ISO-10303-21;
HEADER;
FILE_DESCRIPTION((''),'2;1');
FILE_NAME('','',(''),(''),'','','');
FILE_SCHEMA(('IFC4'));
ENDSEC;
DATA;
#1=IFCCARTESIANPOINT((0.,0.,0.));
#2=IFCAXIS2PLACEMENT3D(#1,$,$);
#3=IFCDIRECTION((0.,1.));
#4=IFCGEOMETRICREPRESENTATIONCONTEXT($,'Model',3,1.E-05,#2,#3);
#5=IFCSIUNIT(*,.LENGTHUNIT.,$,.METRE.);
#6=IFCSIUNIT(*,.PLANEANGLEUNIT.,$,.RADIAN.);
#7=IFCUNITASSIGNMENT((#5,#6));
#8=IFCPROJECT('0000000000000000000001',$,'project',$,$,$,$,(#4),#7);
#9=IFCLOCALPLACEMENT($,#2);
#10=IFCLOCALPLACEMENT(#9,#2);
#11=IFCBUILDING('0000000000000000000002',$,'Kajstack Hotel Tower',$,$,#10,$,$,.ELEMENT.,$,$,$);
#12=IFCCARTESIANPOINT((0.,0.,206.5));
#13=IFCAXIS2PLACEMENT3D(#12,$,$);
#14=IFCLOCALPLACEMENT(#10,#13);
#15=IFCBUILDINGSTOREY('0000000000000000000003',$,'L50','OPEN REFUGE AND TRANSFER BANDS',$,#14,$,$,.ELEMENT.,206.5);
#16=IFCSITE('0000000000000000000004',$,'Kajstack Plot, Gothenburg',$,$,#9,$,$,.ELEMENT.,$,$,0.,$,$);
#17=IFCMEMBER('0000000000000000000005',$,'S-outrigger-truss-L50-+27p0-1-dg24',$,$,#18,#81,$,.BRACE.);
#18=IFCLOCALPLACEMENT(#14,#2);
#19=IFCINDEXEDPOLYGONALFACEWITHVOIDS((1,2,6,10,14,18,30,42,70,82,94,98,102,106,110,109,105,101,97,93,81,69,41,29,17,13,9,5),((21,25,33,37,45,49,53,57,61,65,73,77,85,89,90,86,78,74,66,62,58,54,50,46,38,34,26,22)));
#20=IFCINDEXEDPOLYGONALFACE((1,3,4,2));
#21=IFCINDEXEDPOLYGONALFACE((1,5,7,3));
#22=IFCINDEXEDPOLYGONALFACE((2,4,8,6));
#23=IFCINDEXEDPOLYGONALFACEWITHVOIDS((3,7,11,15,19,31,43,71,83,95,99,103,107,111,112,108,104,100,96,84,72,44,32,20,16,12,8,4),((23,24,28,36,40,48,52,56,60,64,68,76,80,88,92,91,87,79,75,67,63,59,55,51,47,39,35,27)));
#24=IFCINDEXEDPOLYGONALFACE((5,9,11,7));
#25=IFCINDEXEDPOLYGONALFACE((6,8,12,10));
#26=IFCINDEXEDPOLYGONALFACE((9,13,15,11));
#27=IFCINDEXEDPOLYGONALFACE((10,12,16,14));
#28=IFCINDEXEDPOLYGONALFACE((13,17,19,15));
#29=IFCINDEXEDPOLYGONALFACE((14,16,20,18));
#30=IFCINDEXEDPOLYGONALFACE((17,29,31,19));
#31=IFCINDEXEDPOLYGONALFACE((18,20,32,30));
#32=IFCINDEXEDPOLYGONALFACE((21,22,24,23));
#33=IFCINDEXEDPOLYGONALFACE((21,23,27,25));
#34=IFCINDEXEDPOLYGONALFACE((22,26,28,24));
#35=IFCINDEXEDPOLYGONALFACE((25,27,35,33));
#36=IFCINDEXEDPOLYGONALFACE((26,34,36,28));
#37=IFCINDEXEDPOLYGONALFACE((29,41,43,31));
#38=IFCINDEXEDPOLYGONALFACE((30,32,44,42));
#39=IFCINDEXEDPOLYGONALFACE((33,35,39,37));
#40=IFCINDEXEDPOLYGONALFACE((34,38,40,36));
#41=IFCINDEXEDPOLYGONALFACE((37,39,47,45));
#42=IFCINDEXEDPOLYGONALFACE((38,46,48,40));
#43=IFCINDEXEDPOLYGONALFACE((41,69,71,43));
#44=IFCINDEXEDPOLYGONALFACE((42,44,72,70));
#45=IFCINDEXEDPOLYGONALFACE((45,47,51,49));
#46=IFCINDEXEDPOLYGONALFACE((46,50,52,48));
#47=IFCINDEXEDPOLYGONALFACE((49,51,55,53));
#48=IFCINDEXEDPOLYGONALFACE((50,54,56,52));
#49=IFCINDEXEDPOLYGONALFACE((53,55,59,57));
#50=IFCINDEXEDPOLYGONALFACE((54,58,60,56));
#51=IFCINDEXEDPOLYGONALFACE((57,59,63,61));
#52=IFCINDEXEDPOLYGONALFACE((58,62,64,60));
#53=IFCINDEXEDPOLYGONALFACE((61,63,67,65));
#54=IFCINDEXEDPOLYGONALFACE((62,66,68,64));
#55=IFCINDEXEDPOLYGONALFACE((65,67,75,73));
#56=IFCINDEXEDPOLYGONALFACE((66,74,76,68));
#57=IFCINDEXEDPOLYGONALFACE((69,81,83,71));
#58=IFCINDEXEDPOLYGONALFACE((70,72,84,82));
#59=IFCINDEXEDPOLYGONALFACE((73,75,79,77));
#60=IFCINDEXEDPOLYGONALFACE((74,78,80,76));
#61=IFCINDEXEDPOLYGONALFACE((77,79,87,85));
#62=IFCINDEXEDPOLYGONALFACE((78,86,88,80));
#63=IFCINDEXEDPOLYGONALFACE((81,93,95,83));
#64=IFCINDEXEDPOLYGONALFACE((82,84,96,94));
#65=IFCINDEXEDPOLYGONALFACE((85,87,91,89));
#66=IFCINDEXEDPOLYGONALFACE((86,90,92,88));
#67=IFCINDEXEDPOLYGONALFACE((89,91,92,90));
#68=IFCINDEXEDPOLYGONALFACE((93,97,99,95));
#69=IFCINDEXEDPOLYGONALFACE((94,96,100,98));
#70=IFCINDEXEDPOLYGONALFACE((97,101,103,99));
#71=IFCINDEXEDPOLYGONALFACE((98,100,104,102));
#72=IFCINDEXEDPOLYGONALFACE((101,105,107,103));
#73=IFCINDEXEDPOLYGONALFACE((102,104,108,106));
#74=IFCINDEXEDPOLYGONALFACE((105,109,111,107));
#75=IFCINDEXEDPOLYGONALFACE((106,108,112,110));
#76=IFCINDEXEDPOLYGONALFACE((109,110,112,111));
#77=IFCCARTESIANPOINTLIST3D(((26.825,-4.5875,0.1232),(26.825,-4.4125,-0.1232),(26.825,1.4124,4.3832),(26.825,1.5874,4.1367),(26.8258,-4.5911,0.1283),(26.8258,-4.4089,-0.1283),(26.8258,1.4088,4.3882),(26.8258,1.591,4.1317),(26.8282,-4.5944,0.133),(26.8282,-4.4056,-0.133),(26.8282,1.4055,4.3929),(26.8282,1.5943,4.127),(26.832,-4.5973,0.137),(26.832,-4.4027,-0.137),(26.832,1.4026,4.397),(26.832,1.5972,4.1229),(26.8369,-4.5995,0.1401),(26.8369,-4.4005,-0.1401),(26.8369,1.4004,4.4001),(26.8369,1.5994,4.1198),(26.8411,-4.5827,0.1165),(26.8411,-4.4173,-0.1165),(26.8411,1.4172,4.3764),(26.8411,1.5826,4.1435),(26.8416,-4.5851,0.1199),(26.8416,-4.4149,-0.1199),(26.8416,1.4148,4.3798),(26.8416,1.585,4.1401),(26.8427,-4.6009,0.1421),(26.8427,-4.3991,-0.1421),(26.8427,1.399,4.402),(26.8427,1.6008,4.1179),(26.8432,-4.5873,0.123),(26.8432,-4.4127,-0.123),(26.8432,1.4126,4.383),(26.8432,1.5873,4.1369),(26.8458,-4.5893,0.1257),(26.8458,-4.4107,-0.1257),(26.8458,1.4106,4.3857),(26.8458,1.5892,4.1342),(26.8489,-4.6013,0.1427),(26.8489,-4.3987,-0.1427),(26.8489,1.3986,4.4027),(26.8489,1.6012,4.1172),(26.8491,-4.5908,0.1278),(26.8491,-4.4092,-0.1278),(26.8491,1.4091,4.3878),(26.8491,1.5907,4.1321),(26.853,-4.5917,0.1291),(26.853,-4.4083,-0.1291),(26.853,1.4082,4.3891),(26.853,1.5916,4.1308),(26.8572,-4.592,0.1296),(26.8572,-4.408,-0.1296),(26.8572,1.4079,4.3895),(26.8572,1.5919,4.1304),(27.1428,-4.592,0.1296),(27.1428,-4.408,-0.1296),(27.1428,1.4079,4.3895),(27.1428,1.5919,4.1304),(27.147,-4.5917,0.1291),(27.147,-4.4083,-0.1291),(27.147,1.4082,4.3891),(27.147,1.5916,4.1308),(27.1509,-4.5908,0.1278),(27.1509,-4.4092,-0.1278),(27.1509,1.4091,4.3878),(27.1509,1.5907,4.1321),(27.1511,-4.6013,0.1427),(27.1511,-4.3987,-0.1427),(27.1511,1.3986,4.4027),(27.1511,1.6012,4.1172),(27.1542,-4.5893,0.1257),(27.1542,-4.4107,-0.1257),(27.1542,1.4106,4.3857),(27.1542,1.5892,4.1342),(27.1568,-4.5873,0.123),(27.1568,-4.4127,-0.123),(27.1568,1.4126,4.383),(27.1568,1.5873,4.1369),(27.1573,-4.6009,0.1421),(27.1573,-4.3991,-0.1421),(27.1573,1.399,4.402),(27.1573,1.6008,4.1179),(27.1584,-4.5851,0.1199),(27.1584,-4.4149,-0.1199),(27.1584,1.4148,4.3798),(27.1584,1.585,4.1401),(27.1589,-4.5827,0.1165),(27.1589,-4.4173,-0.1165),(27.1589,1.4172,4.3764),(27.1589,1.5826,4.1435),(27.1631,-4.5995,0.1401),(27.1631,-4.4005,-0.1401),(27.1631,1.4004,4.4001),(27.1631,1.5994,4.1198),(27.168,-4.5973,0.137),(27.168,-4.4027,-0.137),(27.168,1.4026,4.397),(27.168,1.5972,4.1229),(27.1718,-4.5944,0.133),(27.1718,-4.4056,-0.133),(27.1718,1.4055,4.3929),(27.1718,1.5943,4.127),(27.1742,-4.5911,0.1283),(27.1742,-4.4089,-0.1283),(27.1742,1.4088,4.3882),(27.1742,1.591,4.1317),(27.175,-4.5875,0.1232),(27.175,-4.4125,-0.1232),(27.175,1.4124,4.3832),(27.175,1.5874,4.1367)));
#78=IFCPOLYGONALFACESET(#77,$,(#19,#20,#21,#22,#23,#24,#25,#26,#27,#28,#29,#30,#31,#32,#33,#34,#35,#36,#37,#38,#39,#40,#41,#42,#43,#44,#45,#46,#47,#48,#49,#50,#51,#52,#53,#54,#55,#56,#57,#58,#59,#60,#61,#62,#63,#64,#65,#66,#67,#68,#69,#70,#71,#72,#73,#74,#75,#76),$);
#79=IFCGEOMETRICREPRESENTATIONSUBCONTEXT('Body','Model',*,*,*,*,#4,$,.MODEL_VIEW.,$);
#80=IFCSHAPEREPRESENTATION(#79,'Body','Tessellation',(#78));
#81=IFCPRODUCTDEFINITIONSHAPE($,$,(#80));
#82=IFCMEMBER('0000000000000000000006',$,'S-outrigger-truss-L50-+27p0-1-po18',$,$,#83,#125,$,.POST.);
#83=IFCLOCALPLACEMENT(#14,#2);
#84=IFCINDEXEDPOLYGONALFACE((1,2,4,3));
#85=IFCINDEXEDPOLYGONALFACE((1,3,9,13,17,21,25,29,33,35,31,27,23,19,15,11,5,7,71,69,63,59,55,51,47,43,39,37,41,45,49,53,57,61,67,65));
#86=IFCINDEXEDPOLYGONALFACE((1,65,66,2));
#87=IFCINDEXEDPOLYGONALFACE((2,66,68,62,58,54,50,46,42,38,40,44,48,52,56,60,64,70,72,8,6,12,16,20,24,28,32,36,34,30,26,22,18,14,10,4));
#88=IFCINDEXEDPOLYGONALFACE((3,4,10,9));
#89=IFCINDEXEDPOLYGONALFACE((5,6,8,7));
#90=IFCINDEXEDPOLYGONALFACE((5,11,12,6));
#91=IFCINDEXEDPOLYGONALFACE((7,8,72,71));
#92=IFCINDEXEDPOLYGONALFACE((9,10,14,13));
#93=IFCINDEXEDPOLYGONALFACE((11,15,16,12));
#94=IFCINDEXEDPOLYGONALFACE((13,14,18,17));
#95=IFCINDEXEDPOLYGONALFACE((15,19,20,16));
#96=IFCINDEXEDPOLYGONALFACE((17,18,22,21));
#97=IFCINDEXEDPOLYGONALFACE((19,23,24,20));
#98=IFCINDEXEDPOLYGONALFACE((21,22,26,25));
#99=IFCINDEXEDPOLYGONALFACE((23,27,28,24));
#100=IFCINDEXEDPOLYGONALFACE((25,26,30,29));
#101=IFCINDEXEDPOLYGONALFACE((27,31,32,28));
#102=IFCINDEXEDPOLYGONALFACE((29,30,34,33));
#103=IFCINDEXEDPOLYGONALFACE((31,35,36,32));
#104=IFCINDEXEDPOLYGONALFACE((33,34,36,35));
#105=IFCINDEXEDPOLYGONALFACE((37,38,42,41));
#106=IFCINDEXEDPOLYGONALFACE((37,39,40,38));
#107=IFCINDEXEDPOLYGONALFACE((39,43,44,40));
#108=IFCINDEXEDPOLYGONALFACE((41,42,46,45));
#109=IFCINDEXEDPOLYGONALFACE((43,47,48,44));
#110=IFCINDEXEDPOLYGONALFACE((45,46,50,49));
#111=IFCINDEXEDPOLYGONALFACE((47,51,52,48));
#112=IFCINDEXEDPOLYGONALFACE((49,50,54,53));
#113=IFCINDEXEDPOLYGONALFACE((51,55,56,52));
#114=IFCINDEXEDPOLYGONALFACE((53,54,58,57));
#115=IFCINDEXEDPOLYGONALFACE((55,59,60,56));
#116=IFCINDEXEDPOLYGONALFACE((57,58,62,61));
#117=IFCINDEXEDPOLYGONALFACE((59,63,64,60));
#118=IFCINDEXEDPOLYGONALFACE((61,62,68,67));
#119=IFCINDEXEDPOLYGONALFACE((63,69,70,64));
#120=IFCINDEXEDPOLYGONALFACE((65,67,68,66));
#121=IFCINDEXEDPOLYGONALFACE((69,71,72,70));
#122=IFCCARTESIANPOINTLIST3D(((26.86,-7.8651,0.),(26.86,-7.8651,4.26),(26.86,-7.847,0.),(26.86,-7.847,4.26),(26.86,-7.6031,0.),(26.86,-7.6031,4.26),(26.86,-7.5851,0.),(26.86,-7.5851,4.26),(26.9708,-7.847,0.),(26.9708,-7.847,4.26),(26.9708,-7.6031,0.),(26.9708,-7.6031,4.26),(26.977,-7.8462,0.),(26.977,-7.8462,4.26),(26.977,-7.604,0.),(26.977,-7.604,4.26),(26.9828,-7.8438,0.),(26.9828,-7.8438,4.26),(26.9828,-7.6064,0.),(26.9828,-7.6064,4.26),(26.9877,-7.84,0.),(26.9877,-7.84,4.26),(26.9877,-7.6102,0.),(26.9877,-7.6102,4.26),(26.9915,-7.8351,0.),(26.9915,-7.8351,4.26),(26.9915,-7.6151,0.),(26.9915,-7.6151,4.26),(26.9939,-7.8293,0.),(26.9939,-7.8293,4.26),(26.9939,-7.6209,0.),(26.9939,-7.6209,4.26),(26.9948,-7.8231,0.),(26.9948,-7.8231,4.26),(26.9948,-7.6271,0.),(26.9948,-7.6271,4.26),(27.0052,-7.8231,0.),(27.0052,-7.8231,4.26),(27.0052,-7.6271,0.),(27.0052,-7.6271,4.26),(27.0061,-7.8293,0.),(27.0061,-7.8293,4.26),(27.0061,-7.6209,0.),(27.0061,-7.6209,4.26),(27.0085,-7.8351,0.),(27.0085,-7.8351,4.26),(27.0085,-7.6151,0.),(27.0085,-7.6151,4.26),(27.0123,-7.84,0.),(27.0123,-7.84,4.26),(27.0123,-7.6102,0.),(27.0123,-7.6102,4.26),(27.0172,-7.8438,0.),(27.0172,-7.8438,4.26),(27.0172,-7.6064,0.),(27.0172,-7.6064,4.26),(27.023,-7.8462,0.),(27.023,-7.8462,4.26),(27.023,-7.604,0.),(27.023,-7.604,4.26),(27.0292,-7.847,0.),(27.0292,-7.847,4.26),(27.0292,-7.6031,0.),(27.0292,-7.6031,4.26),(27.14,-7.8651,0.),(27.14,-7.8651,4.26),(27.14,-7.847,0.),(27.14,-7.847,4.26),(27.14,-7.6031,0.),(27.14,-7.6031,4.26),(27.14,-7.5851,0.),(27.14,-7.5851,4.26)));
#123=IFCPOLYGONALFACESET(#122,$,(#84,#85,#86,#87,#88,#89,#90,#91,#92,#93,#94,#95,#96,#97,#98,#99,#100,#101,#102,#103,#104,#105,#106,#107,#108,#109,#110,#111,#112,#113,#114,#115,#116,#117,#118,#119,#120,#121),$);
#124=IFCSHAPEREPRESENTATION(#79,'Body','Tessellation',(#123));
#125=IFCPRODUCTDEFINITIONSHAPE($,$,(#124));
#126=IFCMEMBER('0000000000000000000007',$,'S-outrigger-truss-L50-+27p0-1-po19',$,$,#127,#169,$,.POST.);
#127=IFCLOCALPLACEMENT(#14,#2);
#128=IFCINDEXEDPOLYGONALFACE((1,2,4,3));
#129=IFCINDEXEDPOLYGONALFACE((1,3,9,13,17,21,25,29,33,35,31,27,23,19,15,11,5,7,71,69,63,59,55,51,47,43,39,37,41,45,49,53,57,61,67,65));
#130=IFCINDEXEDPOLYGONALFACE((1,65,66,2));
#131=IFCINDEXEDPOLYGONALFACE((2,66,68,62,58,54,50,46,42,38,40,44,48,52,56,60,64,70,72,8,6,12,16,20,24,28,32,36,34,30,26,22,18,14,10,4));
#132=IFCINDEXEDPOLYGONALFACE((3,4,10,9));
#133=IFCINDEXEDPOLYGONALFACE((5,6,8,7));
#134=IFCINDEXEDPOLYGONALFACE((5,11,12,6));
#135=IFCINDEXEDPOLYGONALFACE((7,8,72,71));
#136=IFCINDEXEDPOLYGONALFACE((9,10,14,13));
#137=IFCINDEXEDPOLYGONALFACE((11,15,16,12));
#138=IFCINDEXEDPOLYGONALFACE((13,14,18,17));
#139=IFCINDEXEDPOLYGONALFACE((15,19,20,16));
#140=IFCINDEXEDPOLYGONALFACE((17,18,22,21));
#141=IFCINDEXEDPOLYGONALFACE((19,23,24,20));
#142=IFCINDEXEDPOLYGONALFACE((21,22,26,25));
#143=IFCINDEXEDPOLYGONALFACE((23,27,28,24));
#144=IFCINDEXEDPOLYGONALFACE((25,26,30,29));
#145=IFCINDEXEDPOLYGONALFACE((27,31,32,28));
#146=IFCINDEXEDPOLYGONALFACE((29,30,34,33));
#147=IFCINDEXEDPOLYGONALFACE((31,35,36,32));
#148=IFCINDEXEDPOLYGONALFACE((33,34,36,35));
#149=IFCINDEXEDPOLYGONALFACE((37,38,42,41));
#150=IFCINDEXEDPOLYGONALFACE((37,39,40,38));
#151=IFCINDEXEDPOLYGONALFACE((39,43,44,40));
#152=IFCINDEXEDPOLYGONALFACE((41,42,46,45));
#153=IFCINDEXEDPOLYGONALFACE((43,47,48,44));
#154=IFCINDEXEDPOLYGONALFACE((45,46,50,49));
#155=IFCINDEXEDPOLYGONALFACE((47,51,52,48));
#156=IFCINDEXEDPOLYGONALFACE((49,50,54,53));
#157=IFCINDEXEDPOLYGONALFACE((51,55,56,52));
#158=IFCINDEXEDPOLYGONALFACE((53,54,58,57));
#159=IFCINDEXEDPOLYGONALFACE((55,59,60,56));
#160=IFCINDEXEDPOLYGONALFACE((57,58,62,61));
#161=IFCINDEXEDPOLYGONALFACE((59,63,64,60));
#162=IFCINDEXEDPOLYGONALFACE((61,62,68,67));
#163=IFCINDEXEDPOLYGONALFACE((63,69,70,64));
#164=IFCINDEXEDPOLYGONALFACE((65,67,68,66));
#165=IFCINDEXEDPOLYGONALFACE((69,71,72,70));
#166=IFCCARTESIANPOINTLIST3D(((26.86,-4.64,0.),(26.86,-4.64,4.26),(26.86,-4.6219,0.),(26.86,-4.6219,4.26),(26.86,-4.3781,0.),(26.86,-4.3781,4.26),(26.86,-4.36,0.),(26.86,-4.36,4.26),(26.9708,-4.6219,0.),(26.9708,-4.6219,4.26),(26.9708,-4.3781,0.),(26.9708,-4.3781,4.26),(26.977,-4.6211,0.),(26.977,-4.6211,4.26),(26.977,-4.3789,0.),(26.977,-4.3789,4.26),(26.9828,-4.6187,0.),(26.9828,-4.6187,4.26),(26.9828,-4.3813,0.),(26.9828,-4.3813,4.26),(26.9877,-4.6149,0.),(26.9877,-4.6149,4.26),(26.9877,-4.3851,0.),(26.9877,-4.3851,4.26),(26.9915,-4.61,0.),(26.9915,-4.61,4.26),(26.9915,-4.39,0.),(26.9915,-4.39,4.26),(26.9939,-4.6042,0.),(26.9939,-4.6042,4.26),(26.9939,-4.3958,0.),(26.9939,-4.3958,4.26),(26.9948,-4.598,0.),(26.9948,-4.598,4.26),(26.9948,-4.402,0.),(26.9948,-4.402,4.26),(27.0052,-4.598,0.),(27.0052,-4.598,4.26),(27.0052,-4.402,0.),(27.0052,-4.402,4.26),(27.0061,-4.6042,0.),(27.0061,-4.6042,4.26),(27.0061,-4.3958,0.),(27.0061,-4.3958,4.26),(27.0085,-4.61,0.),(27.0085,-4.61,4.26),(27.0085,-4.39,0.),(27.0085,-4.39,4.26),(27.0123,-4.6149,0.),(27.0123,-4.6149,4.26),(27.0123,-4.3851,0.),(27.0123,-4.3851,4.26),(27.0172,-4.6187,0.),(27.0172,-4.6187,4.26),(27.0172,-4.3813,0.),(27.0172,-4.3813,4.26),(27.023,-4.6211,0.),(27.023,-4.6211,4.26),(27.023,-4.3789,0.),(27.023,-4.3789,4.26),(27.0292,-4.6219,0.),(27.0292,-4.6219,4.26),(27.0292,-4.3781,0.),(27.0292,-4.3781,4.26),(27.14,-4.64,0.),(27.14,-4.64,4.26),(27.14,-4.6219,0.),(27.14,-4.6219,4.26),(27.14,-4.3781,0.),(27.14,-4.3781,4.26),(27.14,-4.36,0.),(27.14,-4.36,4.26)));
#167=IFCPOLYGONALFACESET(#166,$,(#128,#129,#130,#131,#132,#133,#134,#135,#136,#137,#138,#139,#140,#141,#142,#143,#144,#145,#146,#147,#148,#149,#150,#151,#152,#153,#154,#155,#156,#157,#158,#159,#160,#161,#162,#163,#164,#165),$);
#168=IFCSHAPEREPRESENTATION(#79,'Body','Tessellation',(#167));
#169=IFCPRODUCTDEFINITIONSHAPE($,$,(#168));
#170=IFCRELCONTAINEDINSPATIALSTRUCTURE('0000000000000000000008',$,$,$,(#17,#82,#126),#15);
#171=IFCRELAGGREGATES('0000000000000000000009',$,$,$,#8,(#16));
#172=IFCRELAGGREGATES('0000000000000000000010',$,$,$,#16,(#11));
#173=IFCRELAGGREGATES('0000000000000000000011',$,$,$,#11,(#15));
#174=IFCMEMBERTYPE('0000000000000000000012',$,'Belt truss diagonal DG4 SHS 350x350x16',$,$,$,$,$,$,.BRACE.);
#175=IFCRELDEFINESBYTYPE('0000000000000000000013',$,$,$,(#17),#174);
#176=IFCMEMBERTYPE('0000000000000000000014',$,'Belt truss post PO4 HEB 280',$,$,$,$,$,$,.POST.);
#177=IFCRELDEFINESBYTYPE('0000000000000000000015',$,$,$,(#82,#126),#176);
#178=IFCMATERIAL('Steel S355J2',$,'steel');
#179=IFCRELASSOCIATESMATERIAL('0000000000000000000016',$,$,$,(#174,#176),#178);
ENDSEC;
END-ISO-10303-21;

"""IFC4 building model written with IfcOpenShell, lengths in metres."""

from ifc_helpers import new_model, si_unit, direction, frame, origin, origin_2d, place, context, subcontext, project, spatial, hollow_rectangle, i_section, extrude, material, material_profile, profile_set, type_object, element, save


model = new_model("IFC4")

# Units and contexts
model_context = context("Model", 3, precision=1e-05, world=origin(), true_north=direction((0.0, 1.0)))
body_context = subcontext(model_context, "Body", "Model", "MODEL_VIEW")
ifc_project = project(units=[si_unit("LENGTHUNIT", "METRE"), si_unit("PLANEANGLEUNIT", "RADIAN")], contexts=[model_context])

# Site, building, storey
site_placement = place(None, origin())
site = spatial("IfcSite", under=ifc_project, at=site_placement, Name="Kajstack Plot, Gothenburg", CompositionType="ELEMENT", RefElevation=0.0)
building_placement = place(site_placement, origin())
building = spatial("IfcBuilding", under=site, at=building_placement, Name="Kajstack Hotel Tower", CompositionType="ELEMENT")
storey_placement = place(building_placement, frame((0.0, 0.0, 206.5)))
storey = spatial("IfcBuildingStorey", under=building, at=storey_placement, Name="L50", Description="OPEN REFUGE AND TRANSFER BANDS", CompositionType="ELEMENT", Elevation=206.5)

# Members
ifc_material = material(Name="Steel S355J2", Category="steel")
ifc_material_profile_1 = material_profile(ifc_material, hollow_rectangle(XDim=0.3501, YDim=0.3501, WallThickness=0.0161, InnerFilletRadius=0.0161, OuterFilletRadius=0.0239, at=origin_2d()), Name="SHS 350x350x16")
ifc_profile_set_1 = profile_set([ifc_material_profile_1], Name="Steel S355J2")
member_type_1 = type_object("IfcMemberType", Name="Belt truss diagonal DG4 SHS 350x350x16", PredefinedType="BRACE", material=ifc_profile_set_1)
member_1_placement = place(storey_placement, frame((27.0, -4.5, 0.0), z_axis=(0.0, 0.815382, 0.578923), x_axis=(-1.0, 0.0, 0.0)))
element("IfcMember", 1, at=member_1_placement, inside=storey, type_object=member_type_1, Name="S-outrigger-truss-L50-+27p0-1-dg24", PredefinedType="BRACE", context=body_context, shape_type="SweptSolid", body=[
    extrude(hollow_rectangle(XDim=0.3501, YDim=0.3501, WallThickness=0.0161, InnerFilletRadius=0.0161, OuterFilletRadius=0.0239, at=origin_2d()), origin(), (0.0, 0.0, 1.0), 7.3584),
])
ifc_material_profile_2 = material_profile(ifc_material, i_section(OverallWidth=0.28, OverallDepth=0.28, WebThickness=0.0105, FlangeThickness=0.0181, FilletRadius=0.0239, at=origin_2d()), Name="HEB 280")
ifc_profile_set_2 = profile_set([ifc_material_profile_2], Name="Steel S355J2")
member_type_2 = type_object("IfcMemberType", Name="Belt truss post PO4 HEB 280", PredefinedType="POST", material=ifc_profile_set_2)
for number, where, z_axis, x_axis, name in (
    (2, (27.0, -7.7251, 0.0), (0.0, 0.0, 1.0), (1.0, 0.0, 0.0), "S-outrigger-truss-L50-+27p0-1-po18"),
    (3, (27.0, -4.5, 0.0), (0.0, 0.0, 1.0), (1.0, 0.0, 0.0), "S-outrigger-truss-L50-+27p0-1-po19"),
):
    element("IfcMember", number, at=place(storey_placement, frame(where, z_axis=z_axis, x_axis=x_axis)), inside=storey, type_object=member_type_2, Name=name, PredefinedType="POST", context=body_context, shape_type="SweptSolid", body=[
        extrude(i_section(OverallWidth=0.28, OverallDepth=0.28, WebThickness=0.0105, FlangeThickness=0.0181, FilletRadius=0.0239, at=origin_2d()), origin(), (0.0, 0.0, 1.0), 4.26),
    ])

save(model, "model.ifc")
